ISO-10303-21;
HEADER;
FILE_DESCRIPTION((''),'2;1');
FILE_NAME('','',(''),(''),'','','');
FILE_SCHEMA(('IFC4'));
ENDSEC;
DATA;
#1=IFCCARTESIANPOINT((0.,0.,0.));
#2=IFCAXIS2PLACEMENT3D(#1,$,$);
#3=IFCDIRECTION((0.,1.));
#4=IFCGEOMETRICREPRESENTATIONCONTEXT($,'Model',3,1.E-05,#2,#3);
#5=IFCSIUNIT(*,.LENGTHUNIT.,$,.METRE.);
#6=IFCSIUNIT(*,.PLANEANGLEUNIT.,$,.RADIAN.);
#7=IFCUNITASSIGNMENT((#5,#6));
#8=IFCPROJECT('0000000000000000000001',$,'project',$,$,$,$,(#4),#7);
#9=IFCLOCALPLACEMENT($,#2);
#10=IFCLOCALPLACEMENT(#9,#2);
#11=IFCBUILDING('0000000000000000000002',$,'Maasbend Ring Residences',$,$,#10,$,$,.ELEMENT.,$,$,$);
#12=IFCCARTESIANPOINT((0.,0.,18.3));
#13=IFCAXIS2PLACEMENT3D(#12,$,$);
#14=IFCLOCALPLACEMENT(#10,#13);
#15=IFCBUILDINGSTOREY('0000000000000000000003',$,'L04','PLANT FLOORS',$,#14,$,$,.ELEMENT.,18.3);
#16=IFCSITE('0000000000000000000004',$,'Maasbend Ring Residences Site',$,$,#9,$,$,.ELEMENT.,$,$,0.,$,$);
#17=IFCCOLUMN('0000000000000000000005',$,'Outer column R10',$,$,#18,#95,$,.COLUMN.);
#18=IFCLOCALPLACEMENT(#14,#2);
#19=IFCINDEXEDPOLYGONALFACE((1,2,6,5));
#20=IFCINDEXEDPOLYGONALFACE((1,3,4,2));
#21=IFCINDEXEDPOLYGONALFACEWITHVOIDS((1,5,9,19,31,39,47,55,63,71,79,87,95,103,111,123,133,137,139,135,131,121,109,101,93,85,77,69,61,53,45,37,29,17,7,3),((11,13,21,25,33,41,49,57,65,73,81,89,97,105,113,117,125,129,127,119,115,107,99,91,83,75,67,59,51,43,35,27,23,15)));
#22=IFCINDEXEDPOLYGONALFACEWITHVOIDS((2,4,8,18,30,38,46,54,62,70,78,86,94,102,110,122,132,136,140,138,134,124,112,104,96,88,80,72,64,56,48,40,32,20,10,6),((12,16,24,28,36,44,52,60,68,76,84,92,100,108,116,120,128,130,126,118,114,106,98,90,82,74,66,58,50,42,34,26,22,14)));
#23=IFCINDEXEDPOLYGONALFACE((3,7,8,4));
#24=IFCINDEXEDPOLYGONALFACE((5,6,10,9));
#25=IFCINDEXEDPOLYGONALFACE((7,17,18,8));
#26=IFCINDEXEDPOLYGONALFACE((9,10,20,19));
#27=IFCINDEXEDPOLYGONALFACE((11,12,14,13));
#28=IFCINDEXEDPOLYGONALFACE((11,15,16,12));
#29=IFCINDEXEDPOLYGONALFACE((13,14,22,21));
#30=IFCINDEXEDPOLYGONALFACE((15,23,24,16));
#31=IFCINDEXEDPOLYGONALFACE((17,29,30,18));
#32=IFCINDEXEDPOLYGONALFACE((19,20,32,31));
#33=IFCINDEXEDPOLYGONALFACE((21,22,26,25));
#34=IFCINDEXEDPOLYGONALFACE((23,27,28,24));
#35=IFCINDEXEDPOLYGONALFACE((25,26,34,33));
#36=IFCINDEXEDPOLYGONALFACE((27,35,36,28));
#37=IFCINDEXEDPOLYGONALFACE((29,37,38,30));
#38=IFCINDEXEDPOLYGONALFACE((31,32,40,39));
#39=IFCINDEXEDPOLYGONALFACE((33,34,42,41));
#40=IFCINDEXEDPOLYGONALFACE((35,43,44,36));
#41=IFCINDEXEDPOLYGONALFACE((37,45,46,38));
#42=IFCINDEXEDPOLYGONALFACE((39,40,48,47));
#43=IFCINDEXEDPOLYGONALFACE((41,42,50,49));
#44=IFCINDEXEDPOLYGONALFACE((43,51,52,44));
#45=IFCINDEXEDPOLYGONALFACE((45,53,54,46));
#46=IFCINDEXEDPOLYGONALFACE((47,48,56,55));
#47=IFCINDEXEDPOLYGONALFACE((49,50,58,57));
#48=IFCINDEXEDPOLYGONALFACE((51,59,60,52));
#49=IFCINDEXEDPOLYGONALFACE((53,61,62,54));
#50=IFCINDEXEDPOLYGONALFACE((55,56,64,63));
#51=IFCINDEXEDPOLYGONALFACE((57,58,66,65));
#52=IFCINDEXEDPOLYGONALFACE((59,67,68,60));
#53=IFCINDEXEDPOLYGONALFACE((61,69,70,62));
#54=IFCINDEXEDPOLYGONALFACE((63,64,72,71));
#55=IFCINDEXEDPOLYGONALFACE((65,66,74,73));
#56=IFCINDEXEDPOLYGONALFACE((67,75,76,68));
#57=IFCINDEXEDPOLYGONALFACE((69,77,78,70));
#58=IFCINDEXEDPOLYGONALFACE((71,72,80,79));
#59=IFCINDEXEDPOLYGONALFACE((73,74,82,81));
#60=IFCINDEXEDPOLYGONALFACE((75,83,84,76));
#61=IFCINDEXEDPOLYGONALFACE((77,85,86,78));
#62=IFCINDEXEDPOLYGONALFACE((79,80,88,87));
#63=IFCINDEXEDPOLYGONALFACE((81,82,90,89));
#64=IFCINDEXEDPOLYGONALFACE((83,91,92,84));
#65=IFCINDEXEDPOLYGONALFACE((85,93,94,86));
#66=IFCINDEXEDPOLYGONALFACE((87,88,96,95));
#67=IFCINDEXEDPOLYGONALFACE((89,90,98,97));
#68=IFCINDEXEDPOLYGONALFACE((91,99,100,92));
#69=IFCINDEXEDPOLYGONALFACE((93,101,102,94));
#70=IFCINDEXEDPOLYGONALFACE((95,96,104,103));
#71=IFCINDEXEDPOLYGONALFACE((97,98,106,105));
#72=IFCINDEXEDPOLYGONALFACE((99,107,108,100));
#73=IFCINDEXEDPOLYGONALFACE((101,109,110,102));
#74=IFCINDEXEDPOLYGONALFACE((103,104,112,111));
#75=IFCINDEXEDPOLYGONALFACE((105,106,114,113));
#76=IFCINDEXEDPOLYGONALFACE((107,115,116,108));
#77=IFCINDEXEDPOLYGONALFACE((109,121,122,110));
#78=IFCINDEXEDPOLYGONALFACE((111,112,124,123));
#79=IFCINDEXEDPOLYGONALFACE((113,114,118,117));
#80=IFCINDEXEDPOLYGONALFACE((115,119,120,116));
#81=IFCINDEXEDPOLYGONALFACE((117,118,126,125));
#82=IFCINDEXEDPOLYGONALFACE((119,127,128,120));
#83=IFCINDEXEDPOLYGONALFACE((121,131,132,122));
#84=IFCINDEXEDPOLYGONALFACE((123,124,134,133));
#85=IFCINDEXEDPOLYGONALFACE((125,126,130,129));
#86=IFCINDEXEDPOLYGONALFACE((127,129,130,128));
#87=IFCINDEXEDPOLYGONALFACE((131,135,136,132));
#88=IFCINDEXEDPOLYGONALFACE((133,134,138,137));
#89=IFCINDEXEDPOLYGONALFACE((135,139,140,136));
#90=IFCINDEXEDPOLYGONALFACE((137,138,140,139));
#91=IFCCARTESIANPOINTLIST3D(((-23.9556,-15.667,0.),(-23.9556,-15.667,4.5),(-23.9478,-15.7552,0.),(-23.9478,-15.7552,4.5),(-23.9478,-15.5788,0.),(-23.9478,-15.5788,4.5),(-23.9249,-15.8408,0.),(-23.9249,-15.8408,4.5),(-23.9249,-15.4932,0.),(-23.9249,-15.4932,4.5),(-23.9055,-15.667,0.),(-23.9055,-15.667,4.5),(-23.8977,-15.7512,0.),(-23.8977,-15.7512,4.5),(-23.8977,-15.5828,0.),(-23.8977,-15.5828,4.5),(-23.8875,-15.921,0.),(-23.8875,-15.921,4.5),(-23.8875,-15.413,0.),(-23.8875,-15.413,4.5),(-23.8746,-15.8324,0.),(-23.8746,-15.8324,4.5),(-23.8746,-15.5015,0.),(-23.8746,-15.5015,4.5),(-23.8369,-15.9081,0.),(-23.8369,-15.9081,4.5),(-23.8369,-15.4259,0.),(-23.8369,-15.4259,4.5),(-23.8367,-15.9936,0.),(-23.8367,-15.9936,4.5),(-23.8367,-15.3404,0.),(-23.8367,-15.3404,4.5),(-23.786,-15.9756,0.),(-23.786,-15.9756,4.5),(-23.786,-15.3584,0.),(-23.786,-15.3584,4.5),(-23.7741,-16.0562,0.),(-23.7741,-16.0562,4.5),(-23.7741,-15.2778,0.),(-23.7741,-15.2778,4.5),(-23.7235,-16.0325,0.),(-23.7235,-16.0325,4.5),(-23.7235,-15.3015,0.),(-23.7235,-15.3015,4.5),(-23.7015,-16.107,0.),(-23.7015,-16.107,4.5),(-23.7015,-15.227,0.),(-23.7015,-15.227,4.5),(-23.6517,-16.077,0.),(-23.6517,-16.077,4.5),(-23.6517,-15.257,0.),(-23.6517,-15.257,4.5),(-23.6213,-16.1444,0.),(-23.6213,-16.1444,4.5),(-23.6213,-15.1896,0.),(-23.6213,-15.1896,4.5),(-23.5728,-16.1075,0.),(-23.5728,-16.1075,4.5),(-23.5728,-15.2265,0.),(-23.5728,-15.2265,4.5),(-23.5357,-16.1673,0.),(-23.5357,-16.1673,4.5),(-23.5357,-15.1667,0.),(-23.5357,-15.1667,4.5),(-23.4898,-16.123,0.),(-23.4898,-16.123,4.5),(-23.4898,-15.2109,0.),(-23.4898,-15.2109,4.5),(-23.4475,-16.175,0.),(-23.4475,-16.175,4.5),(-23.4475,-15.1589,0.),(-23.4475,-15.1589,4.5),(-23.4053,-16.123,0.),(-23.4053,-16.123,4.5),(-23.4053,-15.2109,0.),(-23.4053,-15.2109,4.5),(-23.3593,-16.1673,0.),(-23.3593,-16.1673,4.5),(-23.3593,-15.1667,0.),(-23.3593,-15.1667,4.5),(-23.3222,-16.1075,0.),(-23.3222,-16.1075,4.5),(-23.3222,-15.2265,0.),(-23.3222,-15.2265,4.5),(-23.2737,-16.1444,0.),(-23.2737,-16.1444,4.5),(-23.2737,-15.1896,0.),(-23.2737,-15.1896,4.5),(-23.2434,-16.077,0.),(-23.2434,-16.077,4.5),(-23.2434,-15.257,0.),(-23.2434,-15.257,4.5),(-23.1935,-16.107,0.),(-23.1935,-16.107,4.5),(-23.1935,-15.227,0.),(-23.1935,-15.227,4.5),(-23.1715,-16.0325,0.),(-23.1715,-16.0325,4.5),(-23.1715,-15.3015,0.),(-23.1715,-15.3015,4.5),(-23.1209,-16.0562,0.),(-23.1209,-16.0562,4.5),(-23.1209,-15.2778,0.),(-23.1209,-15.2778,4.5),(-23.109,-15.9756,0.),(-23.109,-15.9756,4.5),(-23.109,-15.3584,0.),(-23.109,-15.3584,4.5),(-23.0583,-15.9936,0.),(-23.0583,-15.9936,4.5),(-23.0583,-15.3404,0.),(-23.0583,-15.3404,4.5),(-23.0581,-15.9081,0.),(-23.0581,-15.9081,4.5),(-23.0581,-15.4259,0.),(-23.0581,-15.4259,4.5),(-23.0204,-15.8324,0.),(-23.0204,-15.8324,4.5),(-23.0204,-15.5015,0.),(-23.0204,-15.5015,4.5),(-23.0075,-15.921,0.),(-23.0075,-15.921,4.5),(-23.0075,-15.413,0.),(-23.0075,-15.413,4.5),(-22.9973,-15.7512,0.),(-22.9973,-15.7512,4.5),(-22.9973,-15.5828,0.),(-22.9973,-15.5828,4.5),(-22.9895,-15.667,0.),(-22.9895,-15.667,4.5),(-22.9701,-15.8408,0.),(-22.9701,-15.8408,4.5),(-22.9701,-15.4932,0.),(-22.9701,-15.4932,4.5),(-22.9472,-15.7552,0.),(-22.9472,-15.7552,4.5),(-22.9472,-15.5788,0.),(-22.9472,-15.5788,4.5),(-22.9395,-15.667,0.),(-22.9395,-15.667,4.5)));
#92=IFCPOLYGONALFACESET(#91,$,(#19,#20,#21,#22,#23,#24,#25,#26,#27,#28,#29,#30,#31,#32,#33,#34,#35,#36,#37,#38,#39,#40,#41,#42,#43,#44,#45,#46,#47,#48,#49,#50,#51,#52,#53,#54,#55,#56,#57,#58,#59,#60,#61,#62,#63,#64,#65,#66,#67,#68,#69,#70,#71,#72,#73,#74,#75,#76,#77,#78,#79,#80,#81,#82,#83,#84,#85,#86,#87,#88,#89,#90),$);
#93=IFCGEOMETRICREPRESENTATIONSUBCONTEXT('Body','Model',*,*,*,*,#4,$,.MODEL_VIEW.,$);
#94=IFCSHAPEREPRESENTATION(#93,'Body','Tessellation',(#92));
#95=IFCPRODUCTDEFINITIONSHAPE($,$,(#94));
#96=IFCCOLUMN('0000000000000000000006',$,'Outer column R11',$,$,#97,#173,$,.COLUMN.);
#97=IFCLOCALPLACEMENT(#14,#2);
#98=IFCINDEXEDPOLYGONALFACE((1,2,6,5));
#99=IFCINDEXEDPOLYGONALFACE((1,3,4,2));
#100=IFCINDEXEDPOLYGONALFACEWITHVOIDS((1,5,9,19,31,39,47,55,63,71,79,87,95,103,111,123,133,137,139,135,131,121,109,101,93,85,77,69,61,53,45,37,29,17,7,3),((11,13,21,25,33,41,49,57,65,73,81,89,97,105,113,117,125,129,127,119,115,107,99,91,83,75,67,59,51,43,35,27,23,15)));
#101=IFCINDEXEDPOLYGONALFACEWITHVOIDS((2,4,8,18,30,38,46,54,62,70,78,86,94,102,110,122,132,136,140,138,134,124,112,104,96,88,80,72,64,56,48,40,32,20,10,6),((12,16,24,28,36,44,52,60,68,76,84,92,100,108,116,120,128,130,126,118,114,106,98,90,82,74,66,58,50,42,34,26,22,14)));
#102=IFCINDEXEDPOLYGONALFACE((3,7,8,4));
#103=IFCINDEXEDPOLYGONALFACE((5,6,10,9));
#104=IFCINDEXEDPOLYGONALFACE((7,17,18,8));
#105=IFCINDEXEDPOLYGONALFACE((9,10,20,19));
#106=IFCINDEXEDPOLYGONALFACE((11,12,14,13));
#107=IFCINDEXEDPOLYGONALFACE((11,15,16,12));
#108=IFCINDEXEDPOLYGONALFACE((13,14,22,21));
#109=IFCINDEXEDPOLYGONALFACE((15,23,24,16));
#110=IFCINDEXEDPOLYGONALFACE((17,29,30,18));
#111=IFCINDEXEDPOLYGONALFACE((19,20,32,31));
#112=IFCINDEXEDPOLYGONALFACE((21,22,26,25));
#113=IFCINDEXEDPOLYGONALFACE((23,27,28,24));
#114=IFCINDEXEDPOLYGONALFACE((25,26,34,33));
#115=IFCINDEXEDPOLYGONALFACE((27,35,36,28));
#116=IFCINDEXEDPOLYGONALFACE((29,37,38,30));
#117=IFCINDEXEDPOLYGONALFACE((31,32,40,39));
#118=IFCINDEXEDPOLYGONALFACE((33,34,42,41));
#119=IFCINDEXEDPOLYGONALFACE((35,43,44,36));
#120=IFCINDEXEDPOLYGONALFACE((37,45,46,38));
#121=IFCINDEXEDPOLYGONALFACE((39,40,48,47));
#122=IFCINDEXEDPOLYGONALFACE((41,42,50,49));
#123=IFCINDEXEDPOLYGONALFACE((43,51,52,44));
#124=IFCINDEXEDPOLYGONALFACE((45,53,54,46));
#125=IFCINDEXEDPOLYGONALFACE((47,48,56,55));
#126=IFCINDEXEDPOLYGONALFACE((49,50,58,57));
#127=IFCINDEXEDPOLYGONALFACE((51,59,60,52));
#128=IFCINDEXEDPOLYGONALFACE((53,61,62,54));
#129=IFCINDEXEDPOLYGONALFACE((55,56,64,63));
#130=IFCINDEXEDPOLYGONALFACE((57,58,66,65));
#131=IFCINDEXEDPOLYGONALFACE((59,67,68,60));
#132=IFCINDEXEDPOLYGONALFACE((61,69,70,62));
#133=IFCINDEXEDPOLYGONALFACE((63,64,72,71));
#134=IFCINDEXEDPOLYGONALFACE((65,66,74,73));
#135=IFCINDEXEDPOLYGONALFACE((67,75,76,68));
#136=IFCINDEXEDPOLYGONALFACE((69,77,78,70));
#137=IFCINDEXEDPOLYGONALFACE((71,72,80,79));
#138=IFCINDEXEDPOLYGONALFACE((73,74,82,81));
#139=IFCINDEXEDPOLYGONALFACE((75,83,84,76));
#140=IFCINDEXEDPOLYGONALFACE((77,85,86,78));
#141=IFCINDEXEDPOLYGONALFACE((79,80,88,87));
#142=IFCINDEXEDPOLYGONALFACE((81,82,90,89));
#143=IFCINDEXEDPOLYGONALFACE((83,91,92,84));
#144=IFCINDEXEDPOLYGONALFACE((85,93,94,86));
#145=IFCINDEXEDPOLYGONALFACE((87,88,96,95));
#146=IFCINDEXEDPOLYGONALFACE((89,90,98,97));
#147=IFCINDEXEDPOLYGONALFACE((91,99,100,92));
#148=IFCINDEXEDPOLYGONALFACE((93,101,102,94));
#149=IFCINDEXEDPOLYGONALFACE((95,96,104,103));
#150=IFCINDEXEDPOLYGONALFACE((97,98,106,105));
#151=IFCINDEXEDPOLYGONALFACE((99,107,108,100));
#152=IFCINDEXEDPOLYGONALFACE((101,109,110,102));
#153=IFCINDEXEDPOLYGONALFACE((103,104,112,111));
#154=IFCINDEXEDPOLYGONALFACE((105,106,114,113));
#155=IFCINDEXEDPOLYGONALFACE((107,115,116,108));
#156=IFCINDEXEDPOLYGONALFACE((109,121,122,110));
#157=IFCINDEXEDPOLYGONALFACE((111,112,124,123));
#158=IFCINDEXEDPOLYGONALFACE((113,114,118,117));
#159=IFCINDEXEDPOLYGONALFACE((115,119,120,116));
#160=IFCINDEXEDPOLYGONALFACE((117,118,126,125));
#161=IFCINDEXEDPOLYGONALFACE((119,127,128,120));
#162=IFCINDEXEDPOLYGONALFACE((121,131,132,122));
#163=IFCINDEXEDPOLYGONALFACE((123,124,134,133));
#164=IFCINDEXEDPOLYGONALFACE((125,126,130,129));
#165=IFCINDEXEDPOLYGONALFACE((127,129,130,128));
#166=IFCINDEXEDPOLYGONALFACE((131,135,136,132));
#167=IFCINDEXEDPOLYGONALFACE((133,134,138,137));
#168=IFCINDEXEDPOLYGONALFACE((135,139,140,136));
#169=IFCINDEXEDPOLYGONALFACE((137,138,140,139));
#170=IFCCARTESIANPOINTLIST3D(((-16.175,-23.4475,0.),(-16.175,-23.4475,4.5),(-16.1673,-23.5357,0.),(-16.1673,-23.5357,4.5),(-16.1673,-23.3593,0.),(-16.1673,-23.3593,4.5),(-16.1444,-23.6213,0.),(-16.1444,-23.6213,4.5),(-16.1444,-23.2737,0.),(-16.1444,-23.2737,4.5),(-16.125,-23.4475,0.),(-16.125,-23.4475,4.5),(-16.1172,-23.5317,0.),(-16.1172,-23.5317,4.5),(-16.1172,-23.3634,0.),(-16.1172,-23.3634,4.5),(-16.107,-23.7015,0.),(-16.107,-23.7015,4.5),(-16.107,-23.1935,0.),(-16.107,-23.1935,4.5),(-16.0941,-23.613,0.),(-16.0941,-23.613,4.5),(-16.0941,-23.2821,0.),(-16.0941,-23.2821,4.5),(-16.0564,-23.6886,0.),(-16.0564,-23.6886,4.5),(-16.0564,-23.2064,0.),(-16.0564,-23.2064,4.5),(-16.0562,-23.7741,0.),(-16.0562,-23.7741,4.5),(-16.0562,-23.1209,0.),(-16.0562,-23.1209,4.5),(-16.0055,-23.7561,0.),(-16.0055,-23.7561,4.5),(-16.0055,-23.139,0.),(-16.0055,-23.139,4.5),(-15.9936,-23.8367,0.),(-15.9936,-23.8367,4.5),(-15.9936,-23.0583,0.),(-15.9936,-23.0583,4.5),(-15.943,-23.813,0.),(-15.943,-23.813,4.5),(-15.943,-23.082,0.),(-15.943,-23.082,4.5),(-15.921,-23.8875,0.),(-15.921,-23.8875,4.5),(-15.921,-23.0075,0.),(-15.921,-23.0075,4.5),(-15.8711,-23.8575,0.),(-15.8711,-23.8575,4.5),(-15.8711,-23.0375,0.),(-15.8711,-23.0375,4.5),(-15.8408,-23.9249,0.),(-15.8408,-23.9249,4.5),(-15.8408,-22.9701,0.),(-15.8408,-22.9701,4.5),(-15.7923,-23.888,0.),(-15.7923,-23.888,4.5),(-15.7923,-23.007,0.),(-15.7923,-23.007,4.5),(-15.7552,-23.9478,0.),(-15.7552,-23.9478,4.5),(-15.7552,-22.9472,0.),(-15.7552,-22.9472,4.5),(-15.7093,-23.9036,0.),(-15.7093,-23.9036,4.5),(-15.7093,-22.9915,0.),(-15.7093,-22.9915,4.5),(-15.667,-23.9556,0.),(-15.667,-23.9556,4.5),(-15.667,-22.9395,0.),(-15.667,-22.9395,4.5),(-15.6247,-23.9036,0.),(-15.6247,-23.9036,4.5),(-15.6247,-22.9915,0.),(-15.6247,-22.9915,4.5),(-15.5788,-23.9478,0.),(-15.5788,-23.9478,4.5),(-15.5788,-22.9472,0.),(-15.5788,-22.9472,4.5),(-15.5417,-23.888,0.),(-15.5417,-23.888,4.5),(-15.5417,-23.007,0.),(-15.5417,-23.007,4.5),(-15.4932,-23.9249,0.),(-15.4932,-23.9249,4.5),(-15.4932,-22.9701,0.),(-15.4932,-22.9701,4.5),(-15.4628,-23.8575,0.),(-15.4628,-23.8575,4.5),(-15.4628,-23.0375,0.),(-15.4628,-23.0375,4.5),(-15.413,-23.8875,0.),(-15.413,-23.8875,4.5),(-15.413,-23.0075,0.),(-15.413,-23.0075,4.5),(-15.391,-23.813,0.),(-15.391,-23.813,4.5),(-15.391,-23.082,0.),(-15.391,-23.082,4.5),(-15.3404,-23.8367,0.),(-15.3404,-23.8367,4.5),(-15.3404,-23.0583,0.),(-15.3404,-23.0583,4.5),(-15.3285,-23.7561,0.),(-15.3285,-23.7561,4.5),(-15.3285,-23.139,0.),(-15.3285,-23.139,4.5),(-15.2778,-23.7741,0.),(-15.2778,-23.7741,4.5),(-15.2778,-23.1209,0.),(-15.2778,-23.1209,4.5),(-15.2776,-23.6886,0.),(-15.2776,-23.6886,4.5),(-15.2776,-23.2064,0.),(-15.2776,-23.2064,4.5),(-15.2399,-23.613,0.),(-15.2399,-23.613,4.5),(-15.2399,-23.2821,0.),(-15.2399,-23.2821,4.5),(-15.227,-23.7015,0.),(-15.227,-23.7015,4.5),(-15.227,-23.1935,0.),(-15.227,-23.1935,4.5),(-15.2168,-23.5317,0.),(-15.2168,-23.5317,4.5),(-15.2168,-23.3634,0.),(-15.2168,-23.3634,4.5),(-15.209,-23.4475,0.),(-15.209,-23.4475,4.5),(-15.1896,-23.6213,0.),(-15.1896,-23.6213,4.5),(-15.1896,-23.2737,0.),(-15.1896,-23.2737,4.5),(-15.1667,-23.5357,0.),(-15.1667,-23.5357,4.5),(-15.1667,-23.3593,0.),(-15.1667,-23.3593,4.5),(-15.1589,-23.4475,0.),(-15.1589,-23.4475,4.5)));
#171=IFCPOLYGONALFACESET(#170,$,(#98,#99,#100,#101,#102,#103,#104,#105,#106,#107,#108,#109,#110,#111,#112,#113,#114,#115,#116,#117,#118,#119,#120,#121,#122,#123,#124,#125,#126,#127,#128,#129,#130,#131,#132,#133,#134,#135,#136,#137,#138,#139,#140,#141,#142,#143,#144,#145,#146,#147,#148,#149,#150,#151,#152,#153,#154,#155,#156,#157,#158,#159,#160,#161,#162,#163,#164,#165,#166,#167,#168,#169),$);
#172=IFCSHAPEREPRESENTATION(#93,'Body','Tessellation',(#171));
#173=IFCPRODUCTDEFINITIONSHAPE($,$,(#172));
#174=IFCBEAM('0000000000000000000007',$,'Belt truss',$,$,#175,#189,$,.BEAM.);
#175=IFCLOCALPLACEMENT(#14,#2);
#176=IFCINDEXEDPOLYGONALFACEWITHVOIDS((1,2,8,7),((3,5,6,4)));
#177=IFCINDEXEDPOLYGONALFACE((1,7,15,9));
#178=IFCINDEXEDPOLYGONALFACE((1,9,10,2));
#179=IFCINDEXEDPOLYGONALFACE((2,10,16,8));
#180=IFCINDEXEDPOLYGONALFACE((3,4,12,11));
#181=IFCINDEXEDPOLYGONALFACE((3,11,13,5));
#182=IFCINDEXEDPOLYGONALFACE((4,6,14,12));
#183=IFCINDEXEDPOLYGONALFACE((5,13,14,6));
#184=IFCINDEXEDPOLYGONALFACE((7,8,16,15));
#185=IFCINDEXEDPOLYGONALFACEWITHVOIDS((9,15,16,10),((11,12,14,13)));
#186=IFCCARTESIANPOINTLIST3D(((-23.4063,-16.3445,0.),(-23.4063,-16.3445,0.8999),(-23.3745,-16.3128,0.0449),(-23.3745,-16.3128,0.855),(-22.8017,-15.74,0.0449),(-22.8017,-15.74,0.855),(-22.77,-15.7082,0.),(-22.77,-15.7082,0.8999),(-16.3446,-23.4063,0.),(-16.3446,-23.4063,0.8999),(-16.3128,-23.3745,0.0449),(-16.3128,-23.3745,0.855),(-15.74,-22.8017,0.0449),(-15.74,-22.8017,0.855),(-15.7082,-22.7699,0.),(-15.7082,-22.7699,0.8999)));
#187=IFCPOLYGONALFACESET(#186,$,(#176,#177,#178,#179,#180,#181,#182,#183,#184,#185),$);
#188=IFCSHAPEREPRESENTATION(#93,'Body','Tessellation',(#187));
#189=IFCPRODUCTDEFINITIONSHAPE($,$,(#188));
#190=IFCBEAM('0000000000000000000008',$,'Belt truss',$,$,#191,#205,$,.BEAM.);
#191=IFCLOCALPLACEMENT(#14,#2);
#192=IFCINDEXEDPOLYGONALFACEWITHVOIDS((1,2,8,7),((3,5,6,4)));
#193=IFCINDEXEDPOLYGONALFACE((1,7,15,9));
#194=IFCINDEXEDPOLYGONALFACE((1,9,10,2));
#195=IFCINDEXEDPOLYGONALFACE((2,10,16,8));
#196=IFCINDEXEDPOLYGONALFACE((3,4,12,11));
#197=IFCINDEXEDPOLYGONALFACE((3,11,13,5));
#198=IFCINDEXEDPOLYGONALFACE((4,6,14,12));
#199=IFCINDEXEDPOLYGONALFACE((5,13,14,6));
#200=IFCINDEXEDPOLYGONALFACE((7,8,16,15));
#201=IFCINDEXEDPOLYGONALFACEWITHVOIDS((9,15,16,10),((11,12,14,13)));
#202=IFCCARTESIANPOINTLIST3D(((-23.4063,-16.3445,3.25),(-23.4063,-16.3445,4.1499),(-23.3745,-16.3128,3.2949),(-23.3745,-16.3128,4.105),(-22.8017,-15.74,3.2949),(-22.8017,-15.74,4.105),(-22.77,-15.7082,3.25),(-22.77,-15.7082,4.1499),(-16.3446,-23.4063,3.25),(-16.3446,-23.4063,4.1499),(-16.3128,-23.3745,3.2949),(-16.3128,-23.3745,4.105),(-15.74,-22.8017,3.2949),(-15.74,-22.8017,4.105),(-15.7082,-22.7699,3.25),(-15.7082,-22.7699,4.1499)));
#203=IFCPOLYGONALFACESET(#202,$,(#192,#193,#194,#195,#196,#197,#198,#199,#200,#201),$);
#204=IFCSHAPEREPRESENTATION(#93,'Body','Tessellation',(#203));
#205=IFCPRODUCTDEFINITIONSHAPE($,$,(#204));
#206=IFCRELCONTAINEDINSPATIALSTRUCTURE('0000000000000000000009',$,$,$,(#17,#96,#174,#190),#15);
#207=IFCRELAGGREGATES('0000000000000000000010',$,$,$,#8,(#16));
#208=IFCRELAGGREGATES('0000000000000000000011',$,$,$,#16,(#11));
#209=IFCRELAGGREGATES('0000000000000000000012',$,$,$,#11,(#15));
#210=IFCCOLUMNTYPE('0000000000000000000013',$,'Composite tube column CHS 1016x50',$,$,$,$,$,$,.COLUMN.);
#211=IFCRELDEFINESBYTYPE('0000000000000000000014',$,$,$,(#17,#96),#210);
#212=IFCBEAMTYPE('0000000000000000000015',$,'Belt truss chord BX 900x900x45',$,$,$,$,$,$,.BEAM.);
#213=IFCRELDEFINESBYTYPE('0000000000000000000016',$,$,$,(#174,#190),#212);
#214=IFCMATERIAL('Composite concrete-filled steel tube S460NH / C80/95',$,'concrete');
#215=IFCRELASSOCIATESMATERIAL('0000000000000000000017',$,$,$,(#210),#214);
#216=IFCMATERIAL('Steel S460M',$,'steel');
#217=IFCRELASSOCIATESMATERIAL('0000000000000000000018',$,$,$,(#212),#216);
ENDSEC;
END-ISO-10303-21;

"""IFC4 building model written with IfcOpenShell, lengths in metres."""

from ifc_helpers import new_model, si_unit, direction, frame, origin, origin_2d, place, context, subcontext, project, spatial, hollow_rectangle, hollow_circle, extrude, material, material_profile, profile_set, type_object, element, save


model = new_model("IFC4")

# Units and contexts
model_context = context("Model", 3, precision=1e-05, world=origin(), true_north=direction((0.0, 1.0)))
body_context = subcontext(model_context, "Body", "Model", "MODEL_VIEW")
ifc_project = project(units=[si_unit("LENGTHUNIT", "METRE"), si_unit("PLANEANGLEUNIT", "RADIAN")], contexts=[model_context])

# Site, building, storey
site_placement = place(None, origin())
site = spatial("IfcSite", under=ifc_project, at=site_placement, Name="Maasbend Ring Residences Site", CompositionType="ELEMENT", RefElevation=0.0)
building_placement = place(site_placement, origin())
building = spatial("IfcBuilding", under=site, at=building_placement, Name="Maasbend Ring Residences", CompositionType="ELEMENT")
storey_placement = place(building_placement, frame((0.0, 0.0, 18.3)))
storey = spatial("IfcBuildingStorey", under=building, at=storey_placement, Name="L04", Description="PLANT FLOORS", CompositionType="ELEMENT", Elevation=18.3)

# Columns
ifc_material_1 = material(Name="Composite concrete-filled steel tube S460NH / C80/95", Category="concrete")
ifc_material_profile_1 = material_profile(ifc_material_1, hollow_circle(Radius=0.5081, WallThickness=0.05, at=origin_2d()), Name="Composite tube column CHS 1016x50")
ifc_profile_set_1 = profile_set([ifc_material_profile_1], Name="Composite concrete-filled steel tube S460NH / C80/95")
column_type = type_object("IfcColumnType", Name="Composite tube column CHS 1016x50", PredefinedType="COLUMN", material=ifc_profile_set_1)
for number, where, z_axis, x_axis, name in (
    (1, (-23.4475, -15.667, 0.0), (0.0, 0.0, 1.0), (1.0, 0.0, 0.0), "Outer column R10"),
    (2, (-15.667, -23.4475, 0.0), (0.0, 0.0, 1.0), (1.0, 0.0, 0.0), "Outer column R11"),
):
    element("IfcColumn", number, at=place(storey_placement, frame(where, z_axis=z_axis, x_axis=x_axis)), inside=storey, type_object=column_type, Name=name, PredefinedType="COLUMN", context=body_context, shape_type="SweptSolid", body=[
        extrude(hollow_circle(Radius=0.5081, WallThickness=0.05, at=origin_2d()), origin(), (0.0, 0.0, 1.0), 4.5),
    ])

# Beams
ifc_material_2 = material(Name="Steel S460M", Category="steel")
ifc_material_profile_2 = material_profile(ifc_material_2, hollow_rectangle(XDim=0.8999, YDim=0.8999, WallThickness=0.0449, at=origin_2d()), Name="Belt truss chord BX 900x900x45")
ifc_profile_set_2 = profile_set([ifc_material_profile_2], Name="Steel S460M")
beam_type_1 = type_object("IfcBeamType", Name="Belt truss chord BX 900x900x45", PredefinedType="BEAM", material=ifc_profile_set_2)
for number, where, z_axis, x_axis, name in (
    (3, (-23.0881, -16.0264, 0.45), (0.707107, -0.707107, 0.0), (0.707107, 0.707107, 0.0), "Belt truss"),
    (4, (-23.0881, -16.0264, 3.7), (0.707107, -0.707107, 0.0), (0.707107, 0.707107, 0.0), "Belt truss"),
):
    element("IfcBeam", number, at=place(storey_placement, frame(where, z_axis=z_axis, x_axis=x_axis)), inside=storey, type_object=beam_type_1, Name=name, PredefinedType="BEAM", context=body_context, shape_type="SweptSolid", body=[
        extrude(hollow_rectangle(XDim=0.8999, YDim=0.8999, WallThickness=0.0449, at=origin_2d()), origin(), (0.0, 0.0, 1.0), 9.9868),
    ])

save(model, "model.ifc")
